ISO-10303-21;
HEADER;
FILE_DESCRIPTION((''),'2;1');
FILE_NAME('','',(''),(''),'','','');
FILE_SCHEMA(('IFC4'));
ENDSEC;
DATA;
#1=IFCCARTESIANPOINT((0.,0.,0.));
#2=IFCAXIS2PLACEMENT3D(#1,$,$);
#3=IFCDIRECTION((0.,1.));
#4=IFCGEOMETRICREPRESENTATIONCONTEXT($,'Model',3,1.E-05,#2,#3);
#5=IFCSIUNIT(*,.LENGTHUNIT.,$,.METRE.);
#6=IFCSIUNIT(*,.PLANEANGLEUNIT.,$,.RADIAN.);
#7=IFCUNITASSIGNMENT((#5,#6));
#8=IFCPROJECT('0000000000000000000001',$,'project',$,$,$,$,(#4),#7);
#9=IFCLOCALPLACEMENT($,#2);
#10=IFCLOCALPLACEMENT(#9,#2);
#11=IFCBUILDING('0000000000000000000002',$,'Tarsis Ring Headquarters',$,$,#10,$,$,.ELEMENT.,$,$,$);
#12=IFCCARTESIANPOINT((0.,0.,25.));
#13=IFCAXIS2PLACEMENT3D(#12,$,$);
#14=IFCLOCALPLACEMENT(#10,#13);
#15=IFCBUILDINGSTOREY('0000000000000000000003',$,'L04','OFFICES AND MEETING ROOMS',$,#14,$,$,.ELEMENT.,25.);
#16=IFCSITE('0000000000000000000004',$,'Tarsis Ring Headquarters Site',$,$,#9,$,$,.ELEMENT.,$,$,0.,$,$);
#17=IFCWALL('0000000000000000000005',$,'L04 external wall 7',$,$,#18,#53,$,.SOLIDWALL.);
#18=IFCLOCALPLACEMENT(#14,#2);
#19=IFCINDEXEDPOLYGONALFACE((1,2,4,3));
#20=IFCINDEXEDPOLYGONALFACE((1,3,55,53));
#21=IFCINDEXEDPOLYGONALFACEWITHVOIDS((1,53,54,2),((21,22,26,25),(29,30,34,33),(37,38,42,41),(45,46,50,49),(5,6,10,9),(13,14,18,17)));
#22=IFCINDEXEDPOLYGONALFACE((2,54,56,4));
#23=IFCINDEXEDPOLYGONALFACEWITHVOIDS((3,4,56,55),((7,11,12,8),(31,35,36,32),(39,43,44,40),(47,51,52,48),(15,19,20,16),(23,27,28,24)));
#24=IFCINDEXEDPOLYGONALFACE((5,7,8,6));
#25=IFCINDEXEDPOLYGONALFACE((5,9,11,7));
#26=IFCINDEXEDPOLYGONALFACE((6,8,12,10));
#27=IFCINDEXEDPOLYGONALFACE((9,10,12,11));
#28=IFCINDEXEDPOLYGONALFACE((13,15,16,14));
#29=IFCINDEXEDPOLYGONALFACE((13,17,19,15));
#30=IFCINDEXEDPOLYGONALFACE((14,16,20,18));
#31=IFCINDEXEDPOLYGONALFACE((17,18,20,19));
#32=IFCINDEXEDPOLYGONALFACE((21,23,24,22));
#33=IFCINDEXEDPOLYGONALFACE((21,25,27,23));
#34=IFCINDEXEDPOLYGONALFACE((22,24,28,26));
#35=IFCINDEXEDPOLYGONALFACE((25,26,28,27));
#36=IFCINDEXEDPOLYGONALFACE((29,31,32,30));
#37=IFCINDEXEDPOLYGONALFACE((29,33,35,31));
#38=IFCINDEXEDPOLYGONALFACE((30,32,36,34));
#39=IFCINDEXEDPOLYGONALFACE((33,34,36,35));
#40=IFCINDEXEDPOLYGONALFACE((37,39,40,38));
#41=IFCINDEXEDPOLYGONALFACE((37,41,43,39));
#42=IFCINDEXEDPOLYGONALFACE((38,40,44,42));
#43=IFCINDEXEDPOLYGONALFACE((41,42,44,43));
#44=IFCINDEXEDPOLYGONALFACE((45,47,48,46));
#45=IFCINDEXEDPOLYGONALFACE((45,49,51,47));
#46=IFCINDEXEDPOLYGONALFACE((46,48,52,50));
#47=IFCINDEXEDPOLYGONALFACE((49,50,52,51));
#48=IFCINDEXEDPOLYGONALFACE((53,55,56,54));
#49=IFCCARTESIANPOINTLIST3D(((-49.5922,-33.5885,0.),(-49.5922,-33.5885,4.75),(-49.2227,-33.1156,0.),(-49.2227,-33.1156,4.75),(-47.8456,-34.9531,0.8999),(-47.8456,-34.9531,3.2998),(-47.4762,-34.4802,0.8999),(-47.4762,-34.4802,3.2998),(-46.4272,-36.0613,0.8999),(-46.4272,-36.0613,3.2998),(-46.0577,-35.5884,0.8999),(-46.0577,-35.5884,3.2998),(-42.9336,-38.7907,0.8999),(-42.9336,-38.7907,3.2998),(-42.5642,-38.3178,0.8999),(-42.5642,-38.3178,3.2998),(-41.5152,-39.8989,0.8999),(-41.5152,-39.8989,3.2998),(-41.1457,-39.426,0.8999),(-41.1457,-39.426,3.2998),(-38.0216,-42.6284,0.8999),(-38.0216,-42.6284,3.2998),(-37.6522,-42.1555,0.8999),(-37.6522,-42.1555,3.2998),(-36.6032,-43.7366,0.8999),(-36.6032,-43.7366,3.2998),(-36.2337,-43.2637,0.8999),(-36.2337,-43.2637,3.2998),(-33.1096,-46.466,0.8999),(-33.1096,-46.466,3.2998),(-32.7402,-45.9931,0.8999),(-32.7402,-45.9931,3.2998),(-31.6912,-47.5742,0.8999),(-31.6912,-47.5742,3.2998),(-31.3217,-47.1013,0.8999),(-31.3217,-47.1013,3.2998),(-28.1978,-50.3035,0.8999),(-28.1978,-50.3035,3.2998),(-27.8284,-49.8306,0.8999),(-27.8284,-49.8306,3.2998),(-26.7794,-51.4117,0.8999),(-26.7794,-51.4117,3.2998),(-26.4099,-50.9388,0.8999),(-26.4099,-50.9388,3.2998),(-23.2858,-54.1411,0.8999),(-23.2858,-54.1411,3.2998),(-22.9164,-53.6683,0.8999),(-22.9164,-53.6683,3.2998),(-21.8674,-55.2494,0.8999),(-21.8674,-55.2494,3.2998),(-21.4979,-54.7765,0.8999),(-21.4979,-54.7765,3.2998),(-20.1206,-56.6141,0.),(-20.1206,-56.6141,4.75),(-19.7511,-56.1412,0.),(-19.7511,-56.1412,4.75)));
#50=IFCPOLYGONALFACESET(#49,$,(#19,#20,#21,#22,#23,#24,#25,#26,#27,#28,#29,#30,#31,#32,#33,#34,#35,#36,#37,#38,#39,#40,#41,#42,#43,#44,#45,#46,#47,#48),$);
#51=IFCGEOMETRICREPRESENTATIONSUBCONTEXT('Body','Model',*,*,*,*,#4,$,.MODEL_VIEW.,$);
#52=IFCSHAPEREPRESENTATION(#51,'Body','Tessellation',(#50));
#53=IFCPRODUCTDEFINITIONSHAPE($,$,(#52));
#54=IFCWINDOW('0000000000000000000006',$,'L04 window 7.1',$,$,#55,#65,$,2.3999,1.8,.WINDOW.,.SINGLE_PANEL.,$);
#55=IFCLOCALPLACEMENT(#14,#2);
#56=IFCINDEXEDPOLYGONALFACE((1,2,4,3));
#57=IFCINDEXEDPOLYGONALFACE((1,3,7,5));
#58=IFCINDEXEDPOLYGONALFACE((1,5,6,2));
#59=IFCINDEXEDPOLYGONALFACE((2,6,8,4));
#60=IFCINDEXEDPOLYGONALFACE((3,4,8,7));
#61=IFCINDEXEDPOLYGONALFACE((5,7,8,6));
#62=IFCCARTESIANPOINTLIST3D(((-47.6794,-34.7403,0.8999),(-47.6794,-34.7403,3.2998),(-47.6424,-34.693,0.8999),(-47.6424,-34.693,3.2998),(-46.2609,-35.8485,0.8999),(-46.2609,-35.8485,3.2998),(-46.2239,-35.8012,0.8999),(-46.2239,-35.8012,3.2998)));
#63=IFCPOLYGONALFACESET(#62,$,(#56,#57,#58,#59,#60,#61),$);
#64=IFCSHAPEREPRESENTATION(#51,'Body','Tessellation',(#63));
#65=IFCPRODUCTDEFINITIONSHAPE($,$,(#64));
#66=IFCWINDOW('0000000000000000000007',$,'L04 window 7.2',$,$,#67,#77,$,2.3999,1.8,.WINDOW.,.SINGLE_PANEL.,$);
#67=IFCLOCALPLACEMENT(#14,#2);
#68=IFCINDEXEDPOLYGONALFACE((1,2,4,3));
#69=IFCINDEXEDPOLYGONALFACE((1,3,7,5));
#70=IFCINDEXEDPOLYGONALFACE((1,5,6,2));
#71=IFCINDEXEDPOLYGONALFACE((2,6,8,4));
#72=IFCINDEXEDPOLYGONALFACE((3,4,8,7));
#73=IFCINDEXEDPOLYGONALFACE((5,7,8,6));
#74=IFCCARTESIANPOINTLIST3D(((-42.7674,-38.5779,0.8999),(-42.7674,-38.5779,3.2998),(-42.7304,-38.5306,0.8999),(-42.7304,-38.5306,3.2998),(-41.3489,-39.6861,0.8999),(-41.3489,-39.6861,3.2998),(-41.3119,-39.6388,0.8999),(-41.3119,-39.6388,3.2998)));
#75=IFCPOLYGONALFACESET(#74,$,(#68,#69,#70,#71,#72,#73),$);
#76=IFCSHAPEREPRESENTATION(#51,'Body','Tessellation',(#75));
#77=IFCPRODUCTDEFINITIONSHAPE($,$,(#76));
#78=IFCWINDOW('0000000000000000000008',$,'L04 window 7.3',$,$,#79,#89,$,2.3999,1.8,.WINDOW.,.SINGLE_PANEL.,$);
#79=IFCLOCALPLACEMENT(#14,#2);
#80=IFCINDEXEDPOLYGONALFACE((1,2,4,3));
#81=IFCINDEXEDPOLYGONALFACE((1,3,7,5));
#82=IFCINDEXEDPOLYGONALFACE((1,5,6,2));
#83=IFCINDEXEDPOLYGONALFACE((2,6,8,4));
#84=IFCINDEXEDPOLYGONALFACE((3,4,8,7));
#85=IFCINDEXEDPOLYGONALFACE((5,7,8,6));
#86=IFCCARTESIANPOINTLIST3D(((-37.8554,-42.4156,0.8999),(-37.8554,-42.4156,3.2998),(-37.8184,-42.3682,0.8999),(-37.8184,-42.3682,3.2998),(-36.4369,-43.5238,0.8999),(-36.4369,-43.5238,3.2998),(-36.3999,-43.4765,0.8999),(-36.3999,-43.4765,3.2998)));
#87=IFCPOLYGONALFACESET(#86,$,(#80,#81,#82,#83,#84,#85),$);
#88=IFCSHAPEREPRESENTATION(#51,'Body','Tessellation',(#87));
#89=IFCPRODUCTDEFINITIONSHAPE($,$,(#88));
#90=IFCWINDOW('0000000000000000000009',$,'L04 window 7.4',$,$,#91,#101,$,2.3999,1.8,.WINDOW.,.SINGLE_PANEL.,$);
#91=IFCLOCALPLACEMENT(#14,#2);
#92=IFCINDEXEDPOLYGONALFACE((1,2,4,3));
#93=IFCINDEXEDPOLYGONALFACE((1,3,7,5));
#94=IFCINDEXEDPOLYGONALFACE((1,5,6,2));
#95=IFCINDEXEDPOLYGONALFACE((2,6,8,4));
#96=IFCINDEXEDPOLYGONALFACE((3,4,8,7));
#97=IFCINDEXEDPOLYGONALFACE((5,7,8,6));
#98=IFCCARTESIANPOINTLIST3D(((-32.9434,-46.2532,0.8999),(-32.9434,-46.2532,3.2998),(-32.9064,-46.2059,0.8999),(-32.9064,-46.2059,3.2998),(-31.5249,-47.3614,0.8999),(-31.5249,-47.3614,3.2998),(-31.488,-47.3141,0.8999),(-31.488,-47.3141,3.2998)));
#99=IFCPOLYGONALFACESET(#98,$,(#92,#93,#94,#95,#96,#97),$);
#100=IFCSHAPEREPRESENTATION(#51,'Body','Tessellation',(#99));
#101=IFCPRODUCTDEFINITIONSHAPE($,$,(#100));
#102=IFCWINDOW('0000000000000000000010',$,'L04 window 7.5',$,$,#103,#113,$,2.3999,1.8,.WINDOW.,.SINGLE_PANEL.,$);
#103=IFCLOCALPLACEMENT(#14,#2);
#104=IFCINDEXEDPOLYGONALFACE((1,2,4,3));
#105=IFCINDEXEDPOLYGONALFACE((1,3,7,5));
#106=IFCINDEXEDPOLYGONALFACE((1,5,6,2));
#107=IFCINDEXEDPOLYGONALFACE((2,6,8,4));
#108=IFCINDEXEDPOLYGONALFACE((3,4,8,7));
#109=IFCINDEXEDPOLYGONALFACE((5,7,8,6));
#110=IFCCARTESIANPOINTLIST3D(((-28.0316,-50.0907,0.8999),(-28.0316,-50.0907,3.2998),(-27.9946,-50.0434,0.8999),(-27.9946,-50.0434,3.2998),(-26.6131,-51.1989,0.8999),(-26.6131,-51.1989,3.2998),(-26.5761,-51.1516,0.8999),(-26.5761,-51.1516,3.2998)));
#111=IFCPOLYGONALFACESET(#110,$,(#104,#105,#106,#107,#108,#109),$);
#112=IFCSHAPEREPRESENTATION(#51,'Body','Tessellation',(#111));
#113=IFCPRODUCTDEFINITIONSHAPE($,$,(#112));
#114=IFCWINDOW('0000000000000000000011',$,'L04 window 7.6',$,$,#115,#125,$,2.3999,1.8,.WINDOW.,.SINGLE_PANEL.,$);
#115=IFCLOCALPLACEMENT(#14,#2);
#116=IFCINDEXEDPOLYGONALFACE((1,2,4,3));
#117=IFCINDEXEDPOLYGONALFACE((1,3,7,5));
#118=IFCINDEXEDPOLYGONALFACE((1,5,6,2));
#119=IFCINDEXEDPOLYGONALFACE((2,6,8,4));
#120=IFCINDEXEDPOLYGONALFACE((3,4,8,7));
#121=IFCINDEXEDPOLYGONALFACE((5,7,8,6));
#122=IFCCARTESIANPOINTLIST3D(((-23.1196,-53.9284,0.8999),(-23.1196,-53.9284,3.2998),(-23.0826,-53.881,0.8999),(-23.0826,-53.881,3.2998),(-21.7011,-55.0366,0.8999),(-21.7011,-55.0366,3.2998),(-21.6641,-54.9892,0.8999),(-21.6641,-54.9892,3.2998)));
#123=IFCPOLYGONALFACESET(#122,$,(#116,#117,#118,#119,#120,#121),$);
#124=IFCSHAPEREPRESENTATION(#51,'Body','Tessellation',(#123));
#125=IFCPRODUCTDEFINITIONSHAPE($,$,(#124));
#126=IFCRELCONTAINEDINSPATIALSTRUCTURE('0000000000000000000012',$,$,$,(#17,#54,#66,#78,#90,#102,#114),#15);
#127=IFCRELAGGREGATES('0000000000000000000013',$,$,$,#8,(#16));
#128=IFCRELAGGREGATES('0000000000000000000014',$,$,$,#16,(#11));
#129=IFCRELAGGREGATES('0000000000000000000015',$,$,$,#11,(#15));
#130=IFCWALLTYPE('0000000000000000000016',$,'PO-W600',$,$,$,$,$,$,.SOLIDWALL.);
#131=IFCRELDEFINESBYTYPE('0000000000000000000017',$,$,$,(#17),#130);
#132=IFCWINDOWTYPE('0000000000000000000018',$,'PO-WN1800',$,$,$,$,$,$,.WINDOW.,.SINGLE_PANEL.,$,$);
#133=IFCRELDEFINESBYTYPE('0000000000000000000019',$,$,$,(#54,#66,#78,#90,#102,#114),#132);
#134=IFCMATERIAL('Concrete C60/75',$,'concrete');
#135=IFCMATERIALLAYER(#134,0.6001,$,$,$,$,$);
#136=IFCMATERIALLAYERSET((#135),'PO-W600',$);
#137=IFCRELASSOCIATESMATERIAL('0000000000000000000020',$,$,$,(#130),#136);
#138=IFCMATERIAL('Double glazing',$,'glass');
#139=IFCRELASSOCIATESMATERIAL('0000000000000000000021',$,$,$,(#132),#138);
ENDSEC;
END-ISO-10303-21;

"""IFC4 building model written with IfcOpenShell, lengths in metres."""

from ifc_helpers import new_model, si_unit, direction, frame, frame_2d, origin, place, context, subcontext, project, spatial, rectangle, extrude, material, layer, layer_set, type_object, element, fill, save


model = new_model("IFC4")

# Units and contexts
model_context = context("Model", 3, precision=1e-05, world=origin(), true_north=direction((0.0, 1.0)))
body_context = subcontext(model_context, "Body", "Model", "MODEL_VIEW")
ifc_project = project(units=[si_unit("LENGTHUNIT", "METRE"), si_unit("PLANEANGLEUNIT", "RADIAN")], contexts=[model_context])

# Site, building, storey
site_placement = place(None, origin())
site = spatial("IfcSite", under=ifc_project, at=site_placement, Name="Tarsis Ring Headquarters Site", CompositionType="ELEMENT", RefElevation=0.0)
building_placement = place(site_placement, origin())
building = spatial("IfcBuilding", under=site, at=building_placement, Name="Tarsis Ring Headquarters", CompositionType="ELEMENT")
storey_placement = place(building_placement, frame((0.0, 0.0, 25.0)))
storey = spatial("IfcBuildingStorey", under=building, at=storey_placement, Name="L04", Description="OFFICES AND MEETING ROOMS", CompositionType="ELEMENT", Elevation=25.0)

# Wall, openings, windows
ifc_material_1 = material(Name="Concrete C60/75", Category="concrete")
ifc_layer_1 = layer(ifc_material_1, 0.6001)
ifc_layer_set_1 = layer_set([ifc_layer_1], Name="PO-W600")
wall_type_1 = type_object("IfcWallType", Name="PO-W600", PredefinedType="SOLIDWALL", material=ifc_layer_set_1)
wall_1_placement = place(storey_placement, frame((-49.4075, -33.3521, 0.0), z_axis=(0.0, 0.0, 1.0), x_axis=(0.788013, -0.615659, 0.0)))
wall_1 = element("IfcWall", 1, at=wall_1_placement, inside=storey, type_object=wall_type_1, Name="L04 external wall 7", PredefinedType="SOLIDWALL", context=body_context, shape_type="SweptSolid", body=[
    extrude(rectangle(XDim=37.3999, YDim=0.6001, at=frame_2d((18.7, 0.0))), origin(), (0.0, 0.0, 1.0), 4.75),
])
opening_1_placement = place(wall_1_placement, frame((2.2166, 0.0, 0.8999)))
opening_1 = element("IfcOpeningElement", 2, at=opening_1_placement, cuts=wall_1, PredefinedType="OPENING", context=body_context, shape_type="SweptSolid", body=[
    extrude(rectangle(XDim=1.8, YDim=2.3999, at=frame_2d((0.8999, 1.2))), frame((0.0, 0.3101, 0.0), z_axis=(0.0, -1.0, 0.0), x_axis=(1.0, 0.0, 0.0)), (0.0, 0.0, 1.0), 0.6201),
])
opening_2_placement = place(wall_1_placement, frame((8.45, 0.0, 0.8999)))
opening_2 = element("IfcOpeningElement", 3, at=opening_2_placement, cuts=wall_1, PredefinedType="OPENING", context=body_context, shape_type="SweptSolid", body=[
    extrude(rectangle(XDim=1.8, YDim=2.3999, at=frame_2d((0.8999, 1.2))), frame((0.0, 0.3101, 0.0), z_axis=(0.0, -1.0, 0.0), x_axis=(1.0, 0.0, 0.0)), (0.0, 0.0, 1.0), 0.6201),
])
opening_3_placement = place(wall_1_placement, frame((14.6833, 0.0, 0.8999)))
opening_3 = element("IfcOpeningElement", 4, at=opening_3_placement, cuts=wall_1, PredefinedType="OPENING", context=body_context, shape_type="SweptSolid", body=[
    extrude(rectangle(XDim=1.8, YDim=2.3999, at=frame_2d((0.8999, 1.2))), frame((0.0, 0.3101, 0.0), z_axis=(0.0, -1.0, 0.0), x_axis=(1.0, 0.0, 0.0)), (0.0, 0.0, 1.0), 0.6201),
])
opening_4_placement = place(wall_1_placement, frame((20.9167, 0.0, 0.8999)))
opening_4 = element("IfcOpeningElement", 5, at=opening_4_placement, cuts=wall_1, PredefinedType="OPENING", context=body_context, shape_type="SweptSolid", body=[
    extrude(rectangle(XDim=1.8, YDim=2.3999, at=frame_2d((0.8999, 1.2))), frame((0.0, 0.3101, 0.0), z_axis=(0.0, -1.0, 0.0), x_axis=(1.0, 0.0, 0.0)), (0.0, 0.0, 1.0), 0.6201),
])
opening_5_placement = place(wall_1_placement, frame((27.1499, 0.0, 0.8999)))
opening_5 = element("IfcOpeningElement", 6, at=opening_5_placement, cuts=wall_1, PredefinedType="OPENING", context=body_context, shape_type="SweptSolid", body=[
    extrude(rectangle(XDim=1.8, YDim=2.3999, at=frame_2d((0.8999, 1.2))), frame((0.0, 0.3101, 0.0), z_axis=(0.0, -1.0, 0.0), x_axis=(1.0, 0.0, 0.0)), (0.0, 0.0, 1.0), 0.6201),
])
opening_6_placement = place(wall_1_placement, frame((33.3833, 0.0, 0.8999)))
opening_6 = element("IfcOpeningElement", 7, at=opening_6_placement, cuts=wall_1, PredefinedType="OPENING", context=body_context, shape_type="SweptSolid", body=[
    extrude(rectangle(XDim=1.8, YDim=2.3999, at=frame_2d((0.8999, 1.2))), frame((0.0, 0.3101, 0.0), z_axis=(0.0, -1.0, 0.0), x_axis=(1.0, 0.0, 0.0)), (0.0, 0.0, 1.0), 0.6201),
])
ifc_material_2 = material(Name="Double glazing", Category="glass")
window_type = type_object("IfcWindowType", Name="PO-WN1800", PartitioningType="SINGLE_PANEL", PredefinedType="WINDOW", material=ifc_material_2)
window_1_placement = place(opening_1_placement, origin())
window_1 = element("IfcWindow", 8, at=window_1_placement, inside=storey, type_object=window_type, Name="L04 window 7.1", OverallHeight=2.3999, OverallWidth=1.8, PartitioningType="SINGLE_PANEL", PredefinedType="WINDOW", context=body_context, shape_type="SweptSolid", body=[
    extrude(rectangle(XDim=1.8, YDim=2.3999, at=frame_2d((0.8999, 1.2))), frame((0.0, 0.03, 0.0), z_axis=(0.0, -1.0, 0.0), x_axis=(1.0, 0.0, 0.0)), (0.0, 0.0, 1.0), 0.0601),
])
fill(opening_1, window_1)
window_2_placement = place(opening_2_placement, origin())
window_2 = element("IfcWindow", 9, at=window_2_placement, inside=storey, type_object=window_type, Name="L04 window 7.2", OverallHeight=2.3999, OverallWidth=1.8, PartitioningType="SINGLE_PANEL", PredefinedType="WINDOW", context=body_context, shape_type="SweptSolid", body=[
    extrude(rectangle(XDim=1.8, YDim=2.3999, at=frame_2d((0.8999, 1.2))), frame((0.0, 0.03, 0.0), z_axis=(0.0, -1.0, 0.0), x_axis=(1.0, 0.0, 0.0)), (0.0, 0.0, 1.0), 0.0601),
])
fill(opening_2, window_2)
window_3_placement = place(opening_3_placement, origin())
window_3 = element("IfcWindow", 10, at=window_3_placement, inside=storey, type_object=window_type, Name="L04 window 7.3", OverallHeight=2.3999, OverallWidth=1.8, PartitioningType="SINGLE_PANEL", PredefinedType="WINDOW", context=body_context, shape_type="SweptSolid", body=[
    extrude(rectangle(XDim=1.8, YDim=2.3999, at=frame_2d((0.8999, 1.2))), frame((0.0, 0.03, 0.0), z_axis=(0.0, -1.0, 0.0), x_axis=(1.0, 0.0, 0.0)), (0.0, 0.0, 1.0), 0.0601),
])
fill(opening_3, window_3)
window_4_placement = place(opening_4_placement, origin())
window_4 = element("IfcWindow", 11, at=window_4_placement, inside=storey, type_object=window_type, Name="L04 window 7.4", OverallHeight=2.3999, OverallWidth=1.8, PartitioningType="SINGLE_PANEL", PredefinedType="WINDOW", context=body_context, shape_type="SweptSolid", body=[
    extrude(rectangle(XDim=1.8, YDim=2.3999, at=frame_2d((0.8999, 1.2))), frame((0.0, 0.03, 0.0), z_axis=(0.0, -1.0, 0.0), x_axis=(1.0, 0.0, 0.0)), (0.0, 0.0, 1.0), 0.0601),
])
fill(opening_4, window_4)
window_5_placement = place(opening_5_placement, origin())
window_5 = element("IfcWindow", 12, at=window_5_placement, inside=storey, type_object=window_type, Name="L04 window 7.5", OverallHeight=2.3999, OverallWidth=1.8, PartitioningType="SINGLE_PANEL", PredefinedType="WINDOW", context=body_context, shape_type="SweptSolid", body=[
    extrude(rectangle(XDim=1.8, YDim=2.3999, at=frame_2d((0.8999, 1.2))), frame((0.0, 0.03, 0.0), z_axis=(0.0, -1.0, 0.0), x_axis=(1.0, 0.0, 0.0)), (0.0, 0.0, 1.0), 0.0601),
])
fill(opening_5, window_5)
window_6_placement = place(opening_6_placement, origin())
window_6 = element("IfcWindow", 13, at=window_6_placement, inside=storey, type_object=window_type, Name="L04 window 7.6", OverallHeight=2.3999, OverallWidth=1.8, PartitioningType="SINGLE_PANEL", PredefinedType="WINDOW", context=body_context, shape_type="SweptSolid", body=[
    extrude(rectangle(XDim=1.8, YDim=2.3999, at=frame_2d((0.8999, 1.2))), frame((0.0, 0.03, 0.0), z_axis=(0.0, -1.0, 0.0), x_axis=(1.0, 0.0, 0.0)), (0.0, 0.0, 1.0), 0.0601),
])
fill(opening_6, window_6)

save(model, "model.ifc")
